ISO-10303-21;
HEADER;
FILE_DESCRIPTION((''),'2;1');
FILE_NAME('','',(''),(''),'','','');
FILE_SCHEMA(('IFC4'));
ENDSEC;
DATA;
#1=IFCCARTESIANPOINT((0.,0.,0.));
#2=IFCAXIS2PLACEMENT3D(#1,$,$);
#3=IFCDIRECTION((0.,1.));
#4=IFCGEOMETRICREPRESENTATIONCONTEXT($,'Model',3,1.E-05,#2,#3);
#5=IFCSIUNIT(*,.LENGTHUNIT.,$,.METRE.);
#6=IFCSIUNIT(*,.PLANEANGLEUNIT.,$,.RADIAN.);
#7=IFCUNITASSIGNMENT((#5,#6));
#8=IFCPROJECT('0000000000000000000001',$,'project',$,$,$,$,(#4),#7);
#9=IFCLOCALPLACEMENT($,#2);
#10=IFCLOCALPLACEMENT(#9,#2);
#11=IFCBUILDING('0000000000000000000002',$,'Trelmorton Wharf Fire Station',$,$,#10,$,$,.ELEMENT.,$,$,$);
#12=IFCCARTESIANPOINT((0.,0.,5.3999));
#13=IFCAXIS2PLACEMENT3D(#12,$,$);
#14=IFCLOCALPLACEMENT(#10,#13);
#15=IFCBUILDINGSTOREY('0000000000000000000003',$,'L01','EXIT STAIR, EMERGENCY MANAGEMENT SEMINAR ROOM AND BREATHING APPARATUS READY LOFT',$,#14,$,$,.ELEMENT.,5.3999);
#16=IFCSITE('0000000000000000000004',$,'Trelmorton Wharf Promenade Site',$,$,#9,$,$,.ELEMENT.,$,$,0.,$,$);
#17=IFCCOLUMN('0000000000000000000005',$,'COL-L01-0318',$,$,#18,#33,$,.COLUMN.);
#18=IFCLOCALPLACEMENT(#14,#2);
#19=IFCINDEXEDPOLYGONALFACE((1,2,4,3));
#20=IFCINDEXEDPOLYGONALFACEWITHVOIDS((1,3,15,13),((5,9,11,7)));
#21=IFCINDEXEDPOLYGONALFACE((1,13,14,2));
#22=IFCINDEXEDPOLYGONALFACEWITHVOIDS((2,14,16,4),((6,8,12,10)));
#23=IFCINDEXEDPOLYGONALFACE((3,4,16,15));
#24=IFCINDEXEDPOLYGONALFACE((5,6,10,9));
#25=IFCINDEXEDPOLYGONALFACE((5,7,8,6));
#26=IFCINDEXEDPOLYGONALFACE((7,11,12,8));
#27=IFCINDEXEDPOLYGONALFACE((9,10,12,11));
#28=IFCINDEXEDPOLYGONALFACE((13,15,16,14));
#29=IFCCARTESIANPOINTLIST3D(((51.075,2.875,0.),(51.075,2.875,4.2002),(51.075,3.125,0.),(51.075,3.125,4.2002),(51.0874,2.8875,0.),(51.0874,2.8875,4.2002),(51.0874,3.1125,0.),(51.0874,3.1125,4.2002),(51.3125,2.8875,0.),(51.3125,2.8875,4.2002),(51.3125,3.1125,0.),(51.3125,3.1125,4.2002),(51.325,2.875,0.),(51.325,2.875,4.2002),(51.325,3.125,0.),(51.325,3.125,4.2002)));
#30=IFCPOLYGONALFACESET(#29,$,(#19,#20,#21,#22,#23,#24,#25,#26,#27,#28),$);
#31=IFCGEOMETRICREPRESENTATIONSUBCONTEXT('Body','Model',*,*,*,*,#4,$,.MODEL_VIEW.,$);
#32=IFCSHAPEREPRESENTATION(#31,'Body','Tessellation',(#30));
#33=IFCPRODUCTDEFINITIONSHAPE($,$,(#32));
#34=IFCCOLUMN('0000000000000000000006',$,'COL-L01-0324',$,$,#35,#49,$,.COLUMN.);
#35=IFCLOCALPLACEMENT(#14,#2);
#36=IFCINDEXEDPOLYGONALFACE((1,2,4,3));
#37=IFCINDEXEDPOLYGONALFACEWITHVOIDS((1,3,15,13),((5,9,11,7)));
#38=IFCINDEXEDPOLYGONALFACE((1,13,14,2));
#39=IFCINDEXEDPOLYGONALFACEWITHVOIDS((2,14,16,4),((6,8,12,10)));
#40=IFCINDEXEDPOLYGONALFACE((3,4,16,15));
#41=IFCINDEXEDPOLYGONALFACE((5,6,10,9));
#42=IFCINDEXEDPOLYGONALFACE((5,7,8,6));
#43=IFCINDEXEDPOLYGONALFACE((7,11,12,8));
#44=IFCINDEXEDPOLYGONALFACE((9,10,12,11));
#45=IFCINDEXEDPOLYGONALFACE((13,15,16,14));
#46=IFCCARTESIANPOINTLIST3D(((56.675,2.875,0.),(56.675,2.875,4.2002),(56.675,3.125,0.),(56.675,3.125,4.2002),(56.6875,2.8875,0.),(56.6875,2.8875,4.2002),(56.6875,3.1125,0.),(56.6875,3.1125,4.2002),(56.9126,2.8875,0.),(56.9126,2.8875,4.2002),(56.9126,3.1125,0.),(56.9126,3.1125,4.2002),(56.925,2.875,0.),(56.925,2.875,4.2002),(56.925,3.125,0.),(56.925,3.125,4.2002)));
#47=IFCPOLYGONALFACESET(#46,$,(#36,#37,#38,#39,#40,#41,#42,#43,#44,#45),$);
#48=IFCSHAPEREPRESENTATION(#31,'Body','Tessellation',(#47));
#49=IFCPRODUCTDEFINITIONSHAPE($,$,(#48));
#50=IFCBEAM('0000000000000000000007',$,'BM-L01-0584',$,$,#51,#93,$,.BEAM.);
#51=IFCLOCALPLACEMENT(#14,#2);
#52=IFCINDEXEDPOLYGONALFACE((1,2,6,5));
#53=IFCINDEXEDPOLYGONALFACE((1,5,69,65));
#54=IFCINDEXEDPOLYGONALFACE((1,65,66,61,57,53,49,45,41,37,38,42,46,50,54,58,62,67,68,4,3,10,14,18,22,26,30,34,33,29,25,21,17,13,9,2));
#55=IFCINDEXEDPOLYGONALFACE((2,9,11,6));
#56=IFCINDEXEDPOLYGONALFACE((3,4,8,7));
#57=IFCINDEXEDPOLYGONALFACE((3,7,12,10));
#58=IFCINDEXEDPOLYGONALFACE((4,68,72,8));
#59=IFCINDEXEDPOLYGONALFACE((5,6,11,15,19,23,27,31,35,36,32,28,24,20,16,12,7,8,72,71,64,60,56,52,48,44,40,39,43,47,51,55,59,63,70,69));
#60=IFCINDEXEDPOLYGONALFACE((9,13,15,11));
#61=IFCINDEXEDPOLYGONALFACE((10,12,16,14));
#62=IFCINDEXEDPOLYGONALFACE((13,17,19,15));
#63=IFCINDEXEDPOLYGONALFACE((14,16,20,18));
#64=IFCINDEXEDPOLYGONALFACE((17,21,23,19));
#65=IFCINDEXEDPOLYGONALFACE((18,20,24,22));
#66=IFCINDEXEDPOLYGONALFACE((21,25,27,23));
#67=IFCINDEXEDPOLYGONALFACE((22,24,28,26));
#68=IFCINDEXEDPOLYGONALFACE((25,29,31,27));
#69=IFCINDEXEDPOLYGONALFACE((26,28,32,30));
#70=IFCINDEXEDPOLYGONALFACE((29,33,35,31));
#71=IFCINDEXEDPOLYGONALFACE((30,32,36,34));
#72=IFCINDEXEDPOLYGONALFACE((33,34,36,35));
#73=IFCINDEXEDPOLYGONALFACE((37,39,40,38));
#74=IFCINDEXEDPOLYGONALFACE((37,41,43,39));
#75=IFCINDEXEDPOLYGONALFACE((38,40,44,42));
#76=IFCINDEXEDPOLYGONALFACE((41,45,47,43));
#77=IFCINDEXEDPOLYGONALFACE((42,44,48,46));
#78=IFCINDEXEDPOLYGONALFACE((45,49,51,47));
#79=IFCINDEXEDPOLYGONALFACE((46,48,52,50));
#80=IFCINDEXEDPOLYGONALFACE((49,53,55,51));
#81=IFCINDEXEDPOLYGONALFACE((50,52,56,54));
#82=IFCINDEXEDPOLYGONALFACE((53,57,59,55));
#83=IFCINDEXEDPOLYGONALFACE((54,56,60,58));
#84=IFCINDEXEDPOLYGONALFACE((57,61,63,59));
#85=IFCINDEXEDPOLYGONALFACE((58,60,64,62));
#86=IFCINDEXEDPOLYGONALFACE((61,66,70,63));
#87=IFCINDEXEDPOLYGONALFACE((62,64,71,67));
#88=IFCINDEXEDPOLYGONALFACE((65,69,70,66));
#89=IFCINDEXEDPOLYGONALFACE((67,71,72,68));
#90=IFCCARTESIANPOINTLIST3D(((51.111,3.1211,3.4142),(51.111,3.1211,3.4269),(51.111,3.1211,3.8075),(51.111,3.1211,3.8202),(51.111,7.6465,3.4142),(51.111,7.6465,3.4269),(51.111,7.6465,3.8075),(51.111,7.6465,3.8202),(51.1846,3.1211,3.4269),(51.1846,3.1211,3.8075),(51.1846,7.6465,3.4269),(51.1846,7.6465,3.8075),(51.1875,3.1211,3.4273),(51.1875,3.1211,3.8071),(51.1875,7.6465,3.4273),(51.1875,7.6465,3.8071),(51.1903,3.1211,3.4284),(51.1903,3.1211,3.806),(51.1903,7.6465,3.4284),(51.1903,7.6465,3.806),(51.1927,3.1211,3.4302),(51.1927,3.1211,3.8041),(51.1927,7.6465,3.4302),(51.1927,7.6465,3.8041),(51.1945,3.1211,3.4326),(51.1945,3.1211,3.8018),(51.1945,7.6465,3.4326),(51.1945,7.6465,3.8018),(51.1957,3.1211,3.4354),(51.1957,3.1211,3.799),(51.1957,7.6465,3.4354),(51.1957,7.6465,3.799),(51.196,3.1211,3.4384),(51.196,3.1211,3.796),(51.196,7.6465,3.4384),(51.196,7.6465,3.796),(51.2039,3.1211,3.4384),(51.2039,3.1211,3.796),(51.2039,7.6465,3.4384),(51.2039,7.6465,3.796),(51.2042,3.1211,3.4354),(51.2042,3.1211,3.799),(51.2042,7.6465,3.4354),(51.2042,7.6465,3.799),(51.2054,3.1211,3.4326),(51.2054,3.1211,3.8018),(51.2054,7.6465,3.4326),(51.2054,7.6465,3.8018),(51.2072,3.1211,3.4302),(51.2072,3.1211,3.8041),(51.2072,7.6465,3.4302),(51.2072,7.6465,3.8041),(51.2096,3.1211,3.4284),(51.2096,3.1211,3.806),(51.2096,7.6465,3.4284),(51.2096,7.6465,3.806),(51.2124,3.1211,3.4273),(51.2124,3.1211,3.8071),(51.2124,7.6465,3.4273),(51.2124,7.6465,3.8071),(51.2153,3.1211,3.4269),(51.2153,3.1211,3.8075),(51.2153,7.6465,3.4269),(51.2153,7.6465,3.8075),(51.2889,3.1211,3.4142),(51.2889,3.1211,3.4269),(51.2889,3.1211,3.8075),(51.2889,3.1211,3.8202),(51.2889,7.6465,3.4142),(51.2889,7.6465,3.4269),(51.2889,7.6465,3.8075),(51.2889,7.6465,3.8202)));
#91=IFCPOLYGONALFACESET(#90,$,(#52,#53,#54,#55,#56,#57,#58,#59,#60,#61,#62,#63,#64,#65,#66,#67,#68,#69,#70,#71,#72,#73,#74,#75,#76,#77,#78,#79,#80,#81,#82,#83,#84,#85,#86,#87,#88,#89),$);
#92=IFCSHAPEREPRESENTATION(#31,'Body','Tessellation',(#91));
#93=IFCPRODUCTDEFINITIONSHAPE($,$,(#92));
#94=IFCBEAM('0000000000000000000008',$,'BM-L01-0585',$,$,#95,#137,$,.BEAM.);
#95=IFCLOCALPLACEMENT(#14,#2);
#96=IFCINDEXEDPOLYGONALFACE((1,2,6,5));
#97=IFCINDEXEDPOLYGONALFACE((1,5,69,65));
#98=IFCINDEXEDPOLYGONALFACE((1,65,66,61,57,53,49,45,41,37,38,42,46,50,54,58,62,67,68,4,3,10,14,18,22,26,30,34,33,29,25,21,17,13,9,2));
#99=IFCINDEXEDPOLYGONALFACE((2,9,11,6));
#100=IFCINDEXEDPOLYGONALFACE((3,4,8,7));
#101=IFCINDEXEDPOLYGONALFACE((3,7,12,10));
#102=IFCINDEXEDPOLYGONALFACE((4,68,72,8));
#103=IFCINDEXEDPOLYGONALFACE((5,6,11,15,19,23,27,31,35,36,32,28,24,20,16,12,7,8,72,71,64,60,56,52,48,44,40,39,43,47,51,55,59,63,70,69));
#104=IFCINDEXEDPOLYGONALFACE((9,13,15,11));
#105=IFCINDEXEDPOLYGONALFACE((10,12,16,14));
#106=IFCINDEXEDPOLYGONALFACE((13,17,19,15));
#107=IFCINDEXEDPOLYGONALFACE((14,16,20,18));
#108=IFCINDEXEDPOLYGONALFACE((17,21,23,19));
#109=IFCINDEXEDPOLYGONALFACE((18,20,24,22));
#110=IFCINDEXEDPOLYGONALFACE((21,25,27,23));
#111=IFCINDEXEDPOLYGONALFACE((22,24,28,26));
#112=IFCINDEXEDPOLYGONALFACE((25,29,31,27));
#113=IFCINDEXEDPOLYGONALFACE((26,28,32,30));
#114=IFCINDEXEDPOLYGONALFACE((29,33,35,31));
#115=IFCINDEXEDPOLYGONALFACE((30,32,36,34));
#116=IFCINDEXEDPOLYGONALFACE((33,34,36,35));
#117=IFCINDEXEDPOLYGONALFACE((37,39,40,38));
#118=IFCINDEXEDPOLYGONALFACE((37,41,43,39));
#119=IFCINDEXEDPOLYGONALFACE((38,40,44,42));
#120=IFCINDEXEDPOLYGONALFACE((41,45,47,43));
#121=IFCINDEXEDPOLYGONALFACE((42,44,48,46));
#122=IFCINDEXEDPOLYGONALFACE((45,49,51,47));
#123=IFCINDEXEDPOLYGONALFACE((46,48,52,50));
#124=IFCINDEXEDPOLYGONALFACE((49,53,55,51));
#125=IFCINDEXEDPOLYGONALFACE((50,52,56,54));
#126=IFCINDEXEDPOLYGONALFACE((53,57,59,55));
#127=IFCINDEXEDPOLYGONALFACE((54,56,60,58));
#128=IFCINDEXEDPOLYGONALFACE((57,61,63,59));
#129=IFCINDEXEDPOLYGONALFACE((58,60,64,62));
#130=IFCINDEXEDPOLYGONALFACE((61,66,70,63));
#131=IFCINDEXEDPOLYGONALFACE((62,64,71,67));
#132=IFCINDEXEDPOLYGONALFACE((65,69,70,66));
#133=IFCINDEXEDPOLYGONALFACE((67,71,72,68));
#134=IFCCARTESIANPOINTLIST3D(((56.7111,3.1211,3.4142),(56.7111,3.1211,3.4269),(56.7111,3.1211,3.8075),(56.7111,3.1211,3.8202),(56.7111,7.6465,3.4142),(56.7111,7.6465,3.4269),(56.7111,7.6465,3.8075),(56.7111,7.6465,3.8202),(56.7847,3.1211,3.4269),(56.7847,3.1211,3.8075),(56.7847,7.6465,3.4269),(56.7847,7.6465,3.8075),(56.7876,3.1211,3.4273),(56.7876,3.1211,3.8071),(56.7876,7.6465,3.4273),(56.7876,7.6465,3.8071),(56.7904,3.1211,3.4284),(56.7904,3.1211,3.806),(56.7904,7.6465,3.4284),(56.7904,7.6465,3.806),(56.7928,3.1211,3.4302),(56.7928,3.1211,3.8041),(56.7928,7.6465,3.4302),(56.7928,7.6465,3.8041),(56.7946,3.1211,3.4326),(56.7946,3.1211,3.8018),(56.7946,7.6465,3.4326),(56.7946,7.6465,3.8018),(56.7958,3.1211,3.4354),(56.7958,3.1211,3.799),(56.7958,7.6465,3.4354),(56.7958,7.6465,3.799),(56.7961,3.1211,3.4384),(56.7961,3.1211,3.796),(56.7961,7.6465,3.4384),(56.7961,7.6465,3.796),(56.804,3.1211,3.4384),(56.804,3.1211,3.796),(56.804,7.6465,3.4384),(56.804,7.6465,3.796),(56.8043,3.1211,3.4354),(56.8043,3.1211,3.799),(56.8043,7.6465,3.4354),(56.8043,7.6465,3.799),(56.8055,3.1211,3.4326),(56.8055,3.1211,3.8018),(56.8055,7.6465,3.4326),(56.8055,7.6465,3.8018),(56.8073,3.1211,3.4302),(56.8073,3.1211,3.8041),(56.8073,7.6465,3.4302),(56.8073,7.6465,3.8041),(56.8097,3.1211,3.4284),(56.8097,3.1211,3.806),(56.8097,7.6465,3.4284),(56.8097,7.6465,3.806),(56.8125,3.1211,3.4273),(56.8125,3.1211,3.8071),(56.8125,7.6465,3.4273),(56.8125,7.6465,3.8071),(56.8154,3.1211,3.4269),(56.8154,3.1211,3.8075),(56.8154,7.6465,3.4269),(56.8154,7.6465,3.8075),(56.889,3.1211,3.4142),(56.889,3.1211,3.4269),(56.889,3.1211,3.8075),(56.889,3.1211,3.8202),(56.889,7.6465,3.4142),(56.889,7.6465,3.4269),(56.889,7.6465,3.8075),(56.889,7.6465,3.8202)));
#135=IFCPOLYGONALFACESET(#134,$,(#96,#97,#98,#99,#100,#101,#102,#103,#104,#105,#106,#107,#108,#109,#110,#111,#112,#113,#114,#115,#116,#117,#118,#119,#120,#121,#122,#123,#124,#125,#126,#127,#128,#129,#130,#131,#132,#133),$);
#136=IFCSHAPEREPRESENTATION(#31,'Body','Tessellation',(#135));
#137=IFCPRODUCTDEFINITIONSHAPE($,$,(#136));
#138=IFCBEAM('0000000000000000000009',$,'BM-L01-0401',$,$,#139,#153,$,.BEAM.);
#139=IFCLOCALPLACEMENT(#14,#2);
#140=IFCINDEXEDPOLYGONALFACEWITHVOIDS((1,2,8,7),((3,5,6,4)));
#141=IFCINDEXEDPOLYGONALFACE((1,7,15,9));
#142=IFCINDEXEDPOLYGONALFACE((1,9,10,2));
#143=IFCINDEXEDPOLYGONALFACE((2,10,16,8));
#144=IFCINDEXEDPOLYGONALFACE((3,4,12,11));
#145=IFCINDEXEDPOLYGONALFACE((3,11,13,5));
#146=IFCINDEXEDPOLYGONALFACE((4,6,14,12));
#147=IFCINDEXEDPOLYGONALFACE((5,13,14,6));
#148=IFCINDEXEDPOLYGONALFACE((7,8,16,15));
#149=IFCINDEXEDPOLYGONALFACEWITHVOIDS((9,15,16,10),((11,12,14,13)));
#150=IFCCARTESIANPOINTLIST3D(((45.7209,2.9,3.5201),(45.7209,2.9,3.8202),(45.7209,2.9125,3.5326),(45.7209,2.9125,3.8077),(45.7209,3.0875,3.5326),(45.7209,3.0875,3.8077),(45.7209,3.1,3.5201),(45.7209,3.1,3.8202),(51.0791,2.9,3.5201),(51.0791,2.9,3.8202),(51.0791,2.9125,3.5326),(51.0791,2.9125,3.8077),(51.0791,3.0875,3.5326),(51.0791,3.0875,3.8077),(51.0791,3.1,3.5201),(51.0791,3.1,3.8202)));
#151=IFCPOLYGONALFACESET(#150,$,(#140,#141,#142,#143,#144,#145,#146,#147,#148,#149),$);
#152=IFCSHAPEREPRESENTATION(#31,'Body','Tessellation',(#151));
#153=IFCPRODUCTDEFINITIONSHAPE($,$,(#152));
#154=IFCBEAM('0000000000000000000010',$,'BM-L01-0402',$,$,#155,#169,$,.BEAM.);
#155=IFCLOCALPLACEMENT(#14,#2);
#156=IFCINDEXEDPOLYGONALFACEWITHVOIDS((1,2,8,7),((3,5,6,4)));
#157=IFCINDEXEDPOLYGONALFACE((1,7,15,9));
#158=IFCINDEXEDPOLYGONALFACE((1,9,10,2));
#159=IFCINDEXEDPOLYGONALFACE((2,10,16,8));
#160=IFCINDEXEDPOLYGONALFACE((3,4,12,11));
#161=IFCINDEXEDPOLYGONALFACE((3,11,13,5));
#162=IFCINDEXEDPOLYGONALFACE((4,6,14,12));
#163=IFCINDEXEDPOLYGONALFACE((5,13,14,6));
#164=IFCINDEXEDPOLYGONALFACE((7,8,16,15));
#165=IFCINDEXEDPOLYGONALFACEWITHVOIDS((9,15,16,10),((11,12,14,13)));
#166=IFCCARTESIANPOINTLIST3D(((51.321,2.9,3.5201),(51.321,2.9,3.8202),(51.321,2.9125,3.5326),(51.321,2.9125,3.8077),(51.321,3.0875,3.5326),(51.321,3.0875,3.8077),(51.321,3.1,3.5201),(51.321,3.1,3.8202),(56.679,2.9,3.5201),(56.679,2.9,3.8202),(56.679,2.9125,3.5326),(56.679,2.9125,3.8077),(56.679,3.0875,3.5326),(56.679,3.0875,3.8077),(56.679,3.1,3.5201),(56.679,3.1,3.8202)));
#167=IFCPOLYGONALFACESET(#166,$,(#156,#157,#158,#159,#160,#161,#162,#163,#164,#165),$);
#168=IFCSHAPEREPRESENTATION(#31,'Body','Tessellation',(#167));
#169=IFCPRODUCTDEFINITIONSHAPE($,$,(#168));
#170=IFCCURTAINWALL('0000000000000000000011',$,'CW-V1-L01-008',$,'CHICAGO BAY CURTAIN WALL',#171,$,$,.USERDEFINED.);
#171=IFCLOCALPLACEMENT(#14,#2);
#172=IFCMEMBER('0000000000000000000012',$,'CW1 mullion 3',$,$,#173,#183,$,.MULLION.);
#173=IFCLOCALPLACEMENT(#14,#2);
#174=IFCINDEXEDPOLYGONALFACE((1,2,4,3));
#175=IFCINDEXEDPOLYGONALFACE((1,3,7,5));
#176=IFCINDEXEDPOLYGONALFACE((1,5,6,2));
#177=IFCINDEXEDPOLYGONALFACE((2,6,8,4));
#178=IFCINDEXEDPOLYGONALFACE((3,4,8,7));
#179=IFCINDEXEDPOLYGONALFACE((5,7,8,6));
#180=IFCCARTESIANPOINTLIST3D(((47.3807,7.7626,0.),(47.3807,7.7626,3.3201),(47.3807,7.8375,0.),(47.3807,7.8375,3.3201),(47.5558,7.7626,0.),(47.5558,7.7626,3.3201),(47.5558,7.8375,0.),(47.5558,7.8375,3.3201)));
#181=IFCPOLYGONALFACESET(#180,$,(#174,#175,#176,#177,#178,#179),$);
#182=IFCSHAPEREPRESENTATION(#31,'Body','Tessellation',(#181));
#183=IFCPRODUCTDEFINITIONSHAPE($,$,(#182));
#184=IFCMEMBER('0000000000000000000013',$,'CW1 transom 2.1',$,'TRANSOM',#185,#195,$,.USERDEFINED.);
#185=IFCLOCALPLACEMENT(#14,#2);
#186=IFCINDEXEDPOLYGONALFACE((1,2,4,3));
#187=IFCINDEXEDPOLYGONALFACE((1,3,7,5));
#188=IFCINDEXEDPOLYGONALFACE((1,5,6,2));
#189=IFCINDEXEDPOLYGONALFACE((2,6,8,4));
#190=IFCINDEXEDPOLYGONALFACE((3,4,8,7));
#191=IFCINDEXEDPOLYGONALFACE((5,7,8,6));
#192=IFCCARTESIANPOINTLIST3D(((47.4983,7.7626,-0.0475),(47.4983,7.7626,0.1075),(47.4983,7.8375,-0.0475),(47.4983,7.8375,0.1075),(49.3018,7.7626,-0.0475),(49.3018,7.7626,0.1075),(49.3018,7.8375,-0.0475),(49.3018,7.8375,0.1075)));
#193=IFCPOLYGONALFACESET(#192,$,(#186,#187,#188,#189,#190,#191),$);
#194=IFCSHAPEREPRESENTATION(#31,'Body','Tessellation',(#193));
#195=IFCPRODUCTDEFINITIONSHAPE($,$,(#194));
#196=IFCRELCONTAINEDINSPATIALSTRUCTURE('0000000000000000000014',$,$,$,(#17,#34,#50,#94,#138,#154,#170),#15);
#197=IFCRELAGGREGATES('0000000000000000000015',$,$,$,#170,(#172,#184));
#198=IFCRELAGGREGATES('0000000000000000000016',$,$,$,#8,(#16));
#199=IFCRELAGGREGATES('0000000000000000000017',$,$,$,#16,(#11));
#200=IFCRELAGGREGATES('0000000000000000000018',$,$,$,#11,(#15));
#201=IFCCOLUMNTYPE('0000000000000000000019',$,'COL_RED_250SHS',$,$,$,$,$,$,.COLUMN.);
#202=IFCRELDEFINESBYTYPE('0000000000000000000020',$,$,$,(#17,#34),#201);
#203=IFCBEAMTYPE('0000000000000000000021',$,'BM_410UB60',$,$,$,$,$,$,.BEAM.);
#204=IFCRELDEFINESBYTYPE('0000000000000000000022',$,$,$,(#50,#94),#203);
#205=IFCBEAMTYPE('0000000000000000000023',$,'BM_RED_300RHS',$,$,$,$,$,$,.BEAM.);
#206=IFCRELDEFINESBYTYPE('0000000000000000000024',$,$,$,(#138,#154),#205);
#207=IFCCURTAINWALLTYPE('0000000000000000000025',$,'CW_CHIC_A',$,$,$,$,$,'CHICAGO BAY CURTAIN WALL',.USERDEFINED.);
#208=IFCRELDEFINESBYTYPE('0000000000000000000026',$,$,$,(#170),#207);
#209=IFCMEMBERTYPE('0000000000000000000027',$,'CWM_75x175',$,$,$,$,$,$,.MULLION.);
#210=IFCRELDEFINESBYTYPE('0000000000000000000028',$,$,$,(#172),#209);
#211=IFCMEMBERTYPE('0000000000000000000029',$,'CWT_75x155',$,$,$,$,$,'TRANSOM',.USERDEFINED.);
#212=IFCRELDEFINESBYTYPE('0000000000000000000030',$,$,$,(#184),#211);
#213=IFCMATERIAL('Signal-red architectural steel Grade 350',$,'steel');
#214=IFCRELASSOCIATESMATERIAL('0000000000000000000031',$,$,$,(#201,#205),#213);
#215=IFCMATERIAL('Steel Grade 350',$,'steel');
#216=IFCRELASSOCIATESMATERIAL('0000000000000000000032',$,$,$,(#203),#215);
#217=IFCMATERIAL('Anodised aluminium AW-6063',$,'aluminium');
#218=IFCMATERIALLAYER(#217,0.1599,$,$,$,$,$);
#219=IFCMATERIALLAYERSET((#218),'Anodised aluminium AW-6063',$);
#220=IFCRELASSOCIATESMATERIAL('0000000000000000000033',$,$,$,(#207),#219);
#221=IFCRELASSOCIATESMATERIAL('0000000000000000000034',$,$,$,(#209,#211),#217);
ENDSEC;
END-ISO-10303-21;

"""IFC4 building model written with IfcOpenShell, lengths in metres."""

from ifc_helpers import new_model, si_unit, direction, frame, origin, origin_2d, place, context, subcontext, project, spatial, rectangle, hollow_rectangle, i_section, extrude, material, layer, layer_set, material_profile, profile_set, type_object, element, aggregate, save


model = new_model("IFC4")

# Units and contexts
model_context = context("Model", 3, precision=1e-05, world=origin(), true_north=direction((0.0, 1.0)))
body_context = subcontext(model_context, "Body", "Model", "MODEL_VIEW")
ifc_project = project(units=[si_unit("LENGTHUNIT", "METRE"), si_unit("PLANEANGLEUNIT", "RADIAN")], contexts=[model_context])

# Site, building, storey
site_placement = place(None, origin())
site = spatial("IfcSite", under=ifc_project, at=site_placement, Name="Trelmorton Wharf Promenade Site", CompositionType="ELEMENT", RefElevation=0.0)
building_placement = place(site_placement, origin())
building = spatial("IfcBuilding", under=site, at=building_placement, Name="Trelmorton Wharf Fire Station", CompositionType="ELEMENT")
storey_placement = place(building_placement, frame((0.0, 0.0, 5.3999)))
storey = spatial("IfcBuildingStorey", under=building, at=storey_placement, Name="L01", Description="EXIT STAIR, EMERGENCY MANAGEMENT SEMINAR ROOM AND BREATHING APPARATUS READY LOFT", CompositionType="ELEMENT", Elevation=5.3999)

# Columns
ifc_material_1 = material(Name="Signal-red architectural steel Grade 350", Category="steel")
ifc_material_profile_1 = material_profile(ifc_material_1, hollow_rectangle(XDim=0.25, YDim=0.25, WallThickness=0.0125, at=origin_2d()), Name="250x250x12.5SHS")
ifc_profile_set_1 = profile_set([ifc_material_profile_1], Name="Signal-red architectural steel Grade 350")
column_type = type_object("IfcColumnType", Name="COL_RED_250SHS", PredefinedType="COLUMN", material=ifc_profile_set_1)
for number, where, z_axis, x_axis, name in (
    (1, (51.2, 3.0, 0.0), (0.0, 0.0, 1.0), (1.0, 0.0, 0.0), "COL-L01-0318"),
    (2, (56.8, 3.0, 0.0), (0.0, 0.0, 1.0), (1.0, 0.0, 0.0), "COL-L01-0324"),
):
    element("IfcColumn", number, at=place(storey_placement, frame(where, z_axis=z_axis, x_axis=x_axis)), inside=storey, type_object=column_type, Name=name, PredefinedType="COLUMN", context=body_context, shape_type="SweptSolid", body=[
        extrude(hollow_rectangle(XDim=0.25, YDim=0.25, WallThickness=0.0125, at=origin_2d()), origin(), (0.0, 0.0, 1.0), 4.2002),
    ])

# Beams
ifc_material_2 = material(Name="Steel Grade 350", Category="steel")
ifc_material_profile_2 = material_profile(ifc_material_2, i_section(OverallWidth=0.178, OverallDepth=0.406, WebThickness=0.0078, FlangeThickness=0.0127, FilletRadius=0.0115, at=origin_2d()), Name="410UB59.7")
ifc_profile_set_2 = profile_set([ifc_material_profile_2], Name="Steel Grade 350")
beam_type_1 = type_object("IfcBeamType", Name="BM_410UB60", PredefinedType="BEAM", material=ifc_profile_set_2)
for number, where, z_axis, x_axis, name in (
    (3, (51.2, 3.1211, 3.6172), (0.0, 1.0, 0.0), (-1.0, 0.0, 0.0), "BM-L01-0584"),
    (4, (56.8, 3.1211, 3.6172), (0.0, 1.0, 0.0), (-1.0, 0.0, 0.0), "BM-L01-0585"),
):
    element("IfcBeam", number, at=place(storey_placement, frame(where, z_axis=z_axis, x_axis=x_axis)), inside=storey, type_object=beam_type_1, Name=name, PredefinedType="BEAM", context=body_context, shape_type="SweptSolid", body=[
        extrude(i_section(OverallWidth=0.178, OverallDepth=0.406, WebThickness=0.0078, FlangeThickness=0.0127, FilletRadius=0.0115, at=origin_2d()), origin(), (0.0, 0.0, 1.0), 4.5254),
    ])
ifc_material_profile_3 = material_profile(ifc_material_1, hollow_rectangle(XDim=0.2, YDim=0.3, WallThickness=0.0125, at=origin_2d()), Name="300x200x12.5RHS")
ifc_profile_set_3 = profile_set([ifc_material_profile_3], Name="Signal-red architectural steel Grade 350")
beam_type_2 = type_object("IfcBeamType", Name="BM_RED_300RHS", PredefinedType="BEAM", material=ifc_profile_set_3)
beam_1_placement = place(storey_placement, frame((45.7209, 3.0, 3.6702), z_axis=(1.0, 0.0, 0.0), x_axis=(0.0, 1.0, 0.0)))
element("IfcBeam", 5, at=beam_1_placement, inside=storey, type_object=beam_type_2, Name="BM-L01-0401", PredefinedType="BEAM", context=body_context, shape_type="SweptSolid", body=[
    extrude(hollow_rectangle(XDim=0.2, YDim=0.3, WallThickness=0.0125, at=origin_2d()), origin(), (0.0, 0.0, 1.0), 5.3582),
])
beam_2_placement = place(storey_placement, frame((51.321, 3.0, 3.6702), z_axis=(1.0, 0.0, 0.0), x_axis=(0.0, 1.0, 0.0)))
element("IfcBeam", 6, at=beam_2_placement, inside=storey, type_object=beam_type_2, Name="BM-L01-0402", PredefinedType="BEAM", context=body_context, shape_type="SweptSolid", body=[
    extrude(hollow_rectangle(XDim=0.2, YDim=0.3, WallThickness=0.0125, at=origin_2d()), origin(), (0.0, 0.0, 1.0), 5.3579),
])

# Curtain wall, members
ifc_material_3 = material(Name="Anodised aluminium AW-6063", Category="aluminium")
ifc_layer_1 = layer(ifc_material_3, 0.1599)
ifc_layer_set_1 = layer_set([ifc_layer_1], Name="Anodised aluminium AW-6063")
curtain_wall_type = type_object("IfcCurtainWallType", Name="CW_CHIC_A", ElementType="CHICAGO BAY CURTAIN WALL", PredefinedType="USERDEFINED", material=ifc_layer_set_1)
curtain_wall_placement = place(storey_placement, origin())
curtain_wall = element("IfcCurtainWall", 7, at=curtain_wall_placement, inside=storey, type_object=curtain_wall_type, Name="CW-V1-L01-008", ObjectType="CHICAGO BAY CURTAIN WALL", PredefinedType="USERDEFINED")
ifc_material_profile_4 = material_profile(ifc_material_3, rectangle(XDim=0.075, YDim=0.175, at=origin_2d()), Name="ALU-75x175")
ifc_profile_set_4 = profile_set([ifc_material_profile_4], Name="Anodised aluminium AW-6063")
member_type_1 = type_object("IfcMemberType", Name="CWM_75x175", PredefinedType="MULLION", material=ifc_profile_set_4)
member_1_placement = place(storey_placement, frame((47.4683, 7.8, 0.0), z_axis=(0.0, 0.0, 1.0), x_axis=(0.0, -1.0, 0.0)))
member_1 = element("IfcMember", 8, at=member_1_placement, type_object=member_type_1, Name="CW1 mullion 3", PredefinedType="MULLION", context=body_context, shape_type="SweptSolid", body=[
    extrude(rectangle(XDim=0.075, YDim=0.175, at=origin_2d()), origin(), (0.0, 0.0, 1.0), 3.3201),
])
ifc_material_profile_5 = material_profile(ifc_material_3, rectangle(XDim=0.075, YDim=0.155, at=origin_2d()), Name="ALU-75x155")
ifc_profile_set_5 = profile_set([ifc_material_profile_5], Name="Anodised aluminium AW-6063")
member_type_2 = type_object("IfcMemberType", Name="CWT_75x155", ElementType="TRANSOM", PredefinedType="USERDEFINED", material=ifc_profile_set_5)
member_2_placement = place(storey_placement, frame((49.3018, 7.8, 0.03), z_axis=(-1.0, 0.0, 0.0), x_axis=(0.0, -1.0, 0.0)))
member_2 = element("IfcMember", 9, at=member_2_placement, type_object=member_type_2, Name="CW1 transom 2.1", ObjectType="TRANSOM", PredefinedType="USERDEFINED", context=body_context, shape_type="SweptSolid", body=[
    extrude(rectangle(XDim=0.075, YDim=0.155, at=origin_2d()), origin(), (0.0, 0.0, 1.0), 1.8035),
])

aggregate(curtain_wall, [member_1, member_2])

save(model, "model.ifc")
